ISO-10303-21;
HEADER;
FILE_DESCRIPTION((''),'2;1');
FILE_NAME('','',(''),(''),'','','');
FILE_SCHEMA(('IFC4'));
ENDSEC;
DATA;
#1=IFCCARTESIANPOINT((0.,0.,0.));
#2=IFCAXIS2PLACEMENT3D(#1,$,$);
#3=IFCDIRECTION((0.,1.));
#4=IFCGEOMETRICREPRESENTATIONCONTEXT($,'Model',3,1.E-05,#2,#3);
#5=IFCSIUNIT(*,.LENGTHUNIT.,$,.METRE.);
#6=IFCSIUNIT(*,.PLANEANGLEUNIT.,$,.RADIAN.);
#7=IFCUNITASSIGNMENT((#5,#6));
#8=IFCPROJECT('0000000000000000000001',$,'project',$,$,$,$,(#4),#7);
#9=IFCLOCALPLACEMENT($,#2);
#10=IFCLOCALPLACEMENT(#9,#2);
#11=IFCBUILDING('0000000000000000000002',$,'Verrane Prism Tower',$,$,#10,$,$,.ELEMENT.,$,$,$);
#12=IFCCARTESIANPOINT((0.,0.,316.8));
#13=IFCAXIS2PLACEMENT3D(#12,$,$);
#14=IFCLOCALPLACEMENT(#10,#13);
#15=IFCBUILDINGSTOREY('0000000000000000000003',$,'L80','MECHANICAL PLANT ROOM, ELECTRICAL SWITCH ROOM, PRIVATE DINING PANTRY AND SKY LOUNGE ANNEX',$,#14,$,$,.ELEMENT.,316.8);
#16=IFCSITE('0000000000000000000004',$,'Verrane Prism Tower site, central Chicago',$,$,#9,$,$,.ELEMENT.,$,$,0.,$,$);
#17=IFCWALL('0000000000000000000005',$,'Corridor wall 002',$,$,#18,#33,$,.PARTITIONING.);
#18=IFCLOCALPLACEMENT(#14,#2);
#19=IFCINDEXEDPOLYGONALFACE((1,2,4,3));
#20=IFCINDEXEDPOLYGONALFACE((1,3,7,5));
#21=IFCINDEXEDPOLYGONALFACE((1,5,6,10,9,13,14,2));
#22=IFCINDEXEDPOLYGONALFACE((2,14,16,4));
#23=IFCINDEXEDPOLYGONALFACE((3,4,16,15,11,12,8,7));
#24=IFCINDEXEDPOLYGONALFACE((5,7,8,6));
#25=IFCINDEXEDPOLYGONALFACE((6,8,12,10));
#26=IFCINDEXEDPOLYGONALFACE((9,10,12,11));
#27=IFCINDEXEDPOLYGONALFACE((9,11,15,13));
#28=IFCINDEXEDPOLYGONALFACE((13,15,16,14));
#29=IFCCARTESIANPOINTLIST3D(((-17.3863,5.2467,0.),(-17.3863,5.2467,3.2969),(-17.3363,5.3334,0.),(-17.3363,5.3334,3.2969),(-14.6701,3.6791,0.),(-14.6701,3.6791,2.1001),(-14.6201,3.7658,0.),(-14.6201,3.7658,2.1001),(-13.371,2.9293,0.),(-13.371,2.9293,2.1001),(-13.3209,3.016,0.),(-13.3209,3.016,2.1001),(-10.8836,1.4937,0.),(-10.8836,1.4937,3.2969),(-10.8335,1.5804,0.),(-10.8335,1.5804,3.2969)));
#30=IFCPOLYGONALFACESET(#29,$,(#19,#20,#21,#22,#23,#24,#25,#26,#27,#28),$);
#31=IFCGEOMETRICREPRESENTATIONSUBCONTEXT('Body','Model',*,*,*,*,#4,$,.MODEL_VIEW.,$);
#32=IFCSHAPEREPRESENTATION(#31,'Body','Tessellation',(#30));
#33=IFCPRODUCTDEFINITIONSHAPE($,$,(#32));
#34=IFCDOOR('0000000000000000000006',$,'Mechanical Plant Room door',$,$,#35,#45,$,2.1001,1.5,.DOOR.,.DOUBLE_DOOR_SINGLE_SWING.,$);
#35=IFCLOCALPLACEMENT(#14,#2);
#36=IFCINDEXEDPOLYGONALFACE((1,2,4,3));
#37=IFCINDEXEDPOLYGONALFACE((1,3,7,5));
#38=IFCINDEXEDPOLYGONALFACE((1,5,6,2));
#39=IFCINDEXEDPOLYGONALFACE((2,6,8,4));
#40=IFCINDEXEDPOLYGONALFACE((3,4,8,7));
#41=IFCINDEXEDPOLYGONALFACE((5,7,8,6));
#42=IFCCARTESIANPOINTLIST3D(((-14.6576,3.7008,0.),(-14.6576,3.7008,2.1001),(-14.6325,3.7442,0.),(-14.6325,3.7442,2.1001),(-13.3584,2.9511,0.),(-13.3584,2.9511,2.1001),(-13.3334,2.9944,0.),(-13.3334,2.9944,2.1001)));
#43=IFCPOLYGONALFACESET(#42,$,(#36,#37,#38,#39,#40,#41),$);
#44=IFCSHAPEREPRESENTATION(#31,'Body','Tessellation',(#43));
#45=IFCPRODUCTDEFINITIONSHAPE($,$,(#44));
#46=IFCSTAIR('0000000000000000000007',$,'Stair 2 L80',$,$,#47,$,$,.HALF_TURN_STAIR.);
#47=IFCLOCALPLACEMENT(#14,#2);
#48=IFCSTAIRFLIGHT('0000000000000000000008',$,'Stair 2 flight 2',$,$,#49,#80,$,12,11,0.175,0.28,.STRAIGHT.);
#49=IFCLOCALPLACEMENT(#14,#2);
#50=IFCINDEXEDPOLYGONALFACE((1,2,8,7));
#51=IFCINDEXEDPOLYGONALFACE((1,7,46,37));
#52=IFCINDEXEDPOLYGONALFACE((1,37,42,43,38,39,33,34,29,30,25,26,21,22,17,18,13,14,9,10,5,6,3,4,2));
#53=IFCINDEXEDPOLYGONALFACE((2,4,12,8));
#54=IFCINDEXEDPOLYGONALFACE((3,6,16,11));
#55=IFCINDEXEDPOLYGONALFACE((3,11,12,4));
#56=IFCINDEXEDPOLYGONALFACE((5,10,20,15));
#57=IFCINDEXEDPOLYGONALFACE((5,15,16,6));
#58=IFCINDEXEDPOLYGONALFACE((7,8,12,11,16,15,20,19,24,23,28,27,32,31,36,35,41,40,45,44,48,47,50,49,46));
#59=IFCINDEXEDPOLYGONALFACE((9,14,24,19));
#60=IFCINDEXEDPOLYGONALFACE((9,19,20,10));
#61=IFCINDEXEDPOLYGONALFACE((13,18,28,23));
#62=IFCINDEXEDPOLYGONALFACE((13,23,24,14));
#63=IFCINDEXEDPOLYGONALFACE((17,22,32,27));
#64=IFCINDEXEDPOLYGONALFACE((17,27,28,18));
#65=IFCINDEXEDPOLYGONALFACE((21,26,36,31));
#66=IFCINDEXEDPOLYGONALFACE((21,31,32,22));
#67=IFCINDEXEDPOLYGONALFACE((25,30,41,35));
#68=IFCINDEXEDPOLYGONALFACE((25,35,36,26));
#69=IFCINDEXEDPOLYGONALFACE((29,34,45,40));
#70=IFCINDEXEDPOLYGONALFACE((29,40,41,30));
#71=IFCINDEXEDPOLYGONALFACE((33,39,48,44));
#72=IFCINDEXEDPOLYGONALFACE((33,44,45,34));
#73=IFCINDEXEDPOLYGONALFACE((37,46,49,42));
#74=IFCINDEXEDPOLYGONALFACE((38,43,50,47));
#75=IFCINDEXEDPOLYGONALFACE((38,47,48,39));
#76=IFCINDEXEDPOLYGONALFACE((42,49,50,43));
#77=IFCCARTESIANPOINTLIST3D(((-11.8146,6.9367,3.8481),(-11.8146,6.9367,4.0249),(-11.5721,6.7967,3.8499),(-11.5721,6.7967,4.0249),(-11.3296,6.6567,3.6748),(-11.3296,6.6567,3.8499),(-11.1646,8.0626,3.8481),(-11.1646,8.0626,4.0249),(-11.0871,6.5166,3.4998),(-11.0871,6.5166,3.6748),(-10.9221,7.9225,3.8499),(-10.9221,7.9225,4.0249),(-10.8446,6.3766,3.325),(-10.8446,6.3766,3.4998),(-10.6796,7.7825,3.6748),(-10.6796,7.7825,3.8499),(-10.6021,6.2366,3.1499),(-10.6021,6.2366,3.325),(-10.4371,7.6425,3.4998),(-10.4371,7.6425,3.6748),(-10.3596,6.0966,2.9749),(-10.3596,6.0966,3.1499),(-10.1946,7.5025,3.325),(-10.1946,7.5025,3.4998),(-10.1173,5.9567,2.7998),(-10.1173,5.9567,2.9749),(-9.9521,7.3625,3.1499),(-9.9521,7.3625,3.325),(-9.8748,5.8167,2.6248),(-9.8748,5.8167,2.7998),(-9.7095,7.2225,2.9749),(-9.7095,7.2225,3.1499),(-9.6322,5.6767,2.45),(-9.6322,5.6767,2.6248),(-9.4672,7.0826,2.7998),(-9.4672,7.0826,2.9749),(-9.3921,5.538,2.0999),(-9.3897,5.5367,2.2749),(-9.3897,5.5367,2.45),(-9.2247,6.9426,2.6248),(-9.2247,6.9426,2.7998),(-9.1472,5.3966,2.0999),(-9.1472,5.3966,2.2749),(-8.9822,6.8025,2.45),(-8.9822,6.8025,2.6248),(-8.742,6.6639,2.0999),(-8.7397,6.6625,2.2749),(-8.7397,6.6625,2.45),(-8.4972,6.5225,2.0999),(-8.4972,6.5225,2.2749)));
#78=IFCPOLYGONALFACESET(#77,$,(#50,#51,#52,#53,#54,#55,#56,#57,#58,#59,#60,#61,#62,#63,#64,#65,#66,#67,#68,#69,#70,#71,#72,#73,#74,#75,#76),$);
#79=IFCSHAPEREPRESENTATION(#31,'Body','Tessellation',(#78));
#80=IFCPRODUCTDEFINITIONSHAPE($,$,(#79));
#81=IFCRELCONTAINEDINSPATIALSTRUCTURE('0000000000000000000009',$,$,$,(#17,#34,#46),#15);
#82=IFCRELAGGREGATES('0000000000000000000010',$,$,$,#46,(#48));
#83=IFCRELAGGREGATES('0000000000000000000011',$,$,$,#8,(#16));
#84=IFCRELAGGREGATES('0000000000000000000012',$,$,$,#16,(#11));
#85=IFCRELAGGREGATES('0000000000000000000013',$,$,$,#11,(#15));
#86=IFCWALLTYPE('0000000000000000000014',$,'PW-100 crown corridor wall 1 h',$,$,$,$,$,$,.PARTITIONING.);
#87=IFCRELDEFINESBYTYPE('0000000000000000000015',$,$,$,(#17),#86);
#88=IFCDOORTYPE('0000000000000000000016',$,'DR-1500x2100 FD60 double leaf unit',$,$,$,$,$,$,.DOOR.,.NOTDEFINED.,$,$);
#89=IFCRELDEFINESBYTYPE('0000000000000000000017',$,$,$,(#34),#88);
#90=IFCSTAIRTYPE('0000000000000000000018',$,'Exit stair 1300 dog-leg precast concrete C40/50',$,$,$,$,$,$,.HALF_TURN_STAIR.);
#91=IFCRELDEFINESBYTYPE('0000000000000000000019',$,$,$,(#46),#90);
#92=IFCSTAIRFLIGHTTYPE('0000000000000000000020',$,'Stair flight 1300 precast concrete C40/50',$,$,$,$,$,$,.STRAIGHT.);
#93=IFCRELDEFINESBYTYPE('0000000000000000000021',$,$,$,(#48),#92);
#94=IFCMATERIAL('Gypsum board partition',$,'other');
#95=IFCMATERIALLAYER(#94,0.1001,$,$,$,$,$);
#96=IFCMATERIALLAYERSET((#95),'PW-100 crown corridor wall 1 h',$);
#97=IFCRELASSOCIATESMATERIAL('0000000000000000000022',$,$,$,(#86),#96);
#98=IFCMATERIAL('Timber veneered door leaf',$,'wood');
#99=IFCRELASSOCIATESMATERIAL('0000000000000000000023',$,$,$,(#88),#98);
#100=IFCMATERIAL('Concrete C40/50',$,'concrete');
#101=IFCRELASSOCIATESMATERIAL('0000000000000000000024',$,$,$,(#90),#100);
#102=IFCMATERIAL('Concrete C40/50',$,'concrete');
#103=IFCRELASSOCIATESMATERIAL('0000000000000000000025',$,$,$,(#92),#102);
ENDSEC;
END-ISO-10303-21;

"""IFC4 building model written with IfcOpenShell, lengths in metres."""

from ifc_helpers import new_model, si_unit, direction, frame, frame_2d, origin, place, context, subcontext, project, spatial, polyline, rectangle, outline, extrude, material, layer, layer_set, type_object, element, fill, aggregate, save


model = new_model("IFC4")

# Units and contexts
model_context = context("Model", 3, precision=1e-05, world=origin(), true_north=direction((0.0, 1.0)))
body_context = subcontext(model_context, "Body", "Model", "MODEL_VIEW")
ifc_project = project(units=[si_unit("LENGTHUNIT", "METRE"), si_unit("PLANEANGLEUNIT", "RADIAN")], contexts=[model_context])

# Site, building, storey
site_placement = place(None, origin())
site = spatial("IfcSite", under=ifc_project, at=site_placement, Name="Verrane Prism Tower site, central Chicago", CompositionType="ELEMENT", RefElevation=0.0)
building_placement = place(site_placement, origin())
building = spatial("IfcBuilding", under=site, at=building_placement, Name="Verrane Prism Tower", CompositionType="ELEMENT")
storey_placement = place(building_placement, frame((0.0, 0.0, 316.8)))
storey = spatial("IfcBuildingStorey", under=building, at=storey_placement, Name="L80", Description="MECHANICAL PLANT ROOM, ELECTRICAL SWITCH ROOM, PRIVATE DINING PANTRY AND SKY LOUNGE ANNEX", CompositionType="ELEMENT", Elevation=316.8)

# Wall, opening, door
ifc_material_1 = material(Name="Gypsum board partition", Category="other")
ifc_layer_1 = layer(ifc_material_1, 0.1001)
ifc_layer_set_1 = layer_set([ifc_layer_1], Name="PW-100 crown corridor wall 1 h")
wall_type_1 = type_object("IfcWallType", Name="PW-100 crown corridor wall 1 h", PredefinedType="PARTITIONING", material=ifc_layer_set_1)
wall_1_placement = place(storey_placement, frame((-10.8586, 1.5371, 0.0), z_axis=(0.0, 0.0, 1.0), x_axis=(-0.866106, 0.49986, 0.0)))
wall_1 = element("IfcWall", 1, at=wall_1_placement, inside=storey, type_object=wall_type_1, Name="Corridor wall 002", PredefinedType="PARTITIONING", context=body_context, shape_type="SweptSolid", body=[
    extrude(rectangle(XDim=7.5081, YDim=0.1001, at=frame_2d((3.7539, 0.0))), origin(), (0.0, 0.0, 1.0), 3.2969),
])
opening_1_placement = place(wall_1_placement, frame((2.8718, 0.0, 0.0)))
opening_1 = element("IfcOpeningElement", 2, at=opening_1_placement, cuts=wall_1, PredefinedType="OPENING", context=body_context, shape_type="SweptSolid", body=[
    extrude(rectangle(XDim=1.5, YDim=2.1001, at=frame_2d((0.75, 1.05))), frame((0.0, 0.0601, 0.0), z_axis=(0.0, -1.0, 0.0), x_axis=(1.0, 0.0, 0.0)), (0.0, 0.0, 1.0), 0.1201),
])
ifc_material_2 = material(Name="Timber veneered door leaf", Category="wood")
door_type_1 = type_object("IfcDoorType", Name="DR-1500x2100 FD60 double leaf unit", OperationType="NOTDEFINED", PredefinedType="DOOR", material=ifc_material_2)
door_1_placement = place(opening_1_placement, origin())
door_1 = element("IfcDoor", 3, at=door_1_placement, inside=storey, type_object=door_type_1, Name="Mechanical Plant Room door", OperationType="DOUBLE_DOOR_SINGLE_SWING", OverallHeight=2.1001, OverallWidth=1.5, PredefinedType="DOOR", context=body_context, shape_type="SweptSolid", body=[
    extrude(rectangle(XDim=1.5, YDim=2.1001, at=frame_2d((0.75, 1.05))), frame((0.0, 0.0249, 0.0), z_axis=(0.0, -1.0, 0.0), x_axis=(1.0, 0.0, 0.0)), (0.0, 0.0, 1.0), 0.05),
])
fill(opening_1, door_1)

# Stair, stair flight
ifc_material_3 = material(Name="Concrete C40/50", Category="concrete")
stair_type = type_object("IfcStairType", Name="Exit stair 1300 dog-leg precast concrete C40/50", PredefinedType="HALF_TURN_STAIR", material=ifc_material_3)
stair_placement = place(storey_placement, origin())
stair = element("IfcStair", 4, at=stair_placement, inside=storey, type_object=stair_type, Name="Stair 2 L80", PredefinedType="HALF_TURN_STAIR")
ifc_material_4 = material(Name="Concrete C40/50", Category="concrete")
stair_flight_type = type_object("IfcStairFlightType", Name="Stair flight 1300 precast concrete C40/50", PredefinedType="STRAIGHT", material=ifc_material_4)
stair_flight_placement = place(storey_placement, frame((-8.8223, 5.9595, 2.0999), z_axis=(0.0, 0.0, 1.0), x_axis=(-0.866025, 0.5, 0.0)))
stair_flight = element("IfcStairFlight", 5, at=stair_flight_placement, type_object=stair_flight_type, Name="Stair 2 flight 2", NumberOfRisers=12, NumberOfTreads=11, PredefinedType="STRAIGHT", RiserHeight=0.175, TreadLength=0.28, context=body_context, shape_type="SweptSolid", body=[
    extrude(outline(polyline([(0.0, 0.0), (0.0, 0.175), (0.28, 0.175), (0.28, 0.3501), (0.5601, 0.3501), (0.5601, 0.5249), (0.8401, 0.5249), (0.8401, 0.7), (1.1201, 0.7), (1.1201, 0.875), (1.3999, 0.875), (1.3999, 1.05), (1.6799, 1.05), (1.6799, 1.2251), (1.96, 1.2251), (1.96, 1.3999), (2.24, 1.3999), (2.24, 1.575), (2.52, 1.575), (2.52, 1.75), (2.8, 1.75), (2.8, 1.925), (3.0801, 1.925), (3.0801, 2.1001), (3.0801, 1.7483), (0.2827, 0.0), (0.0, 0.0)])), frame((0.0, 0.6499, 0.0), z_axis=(0.0, -1.0, 0.0), x_axis=(1.0, 0.0, 0.0)), (0.0, 0.0, 1.0), 1.3),
])
aggregate(stair, [stair_flight])

save(model, "model.ifc")
